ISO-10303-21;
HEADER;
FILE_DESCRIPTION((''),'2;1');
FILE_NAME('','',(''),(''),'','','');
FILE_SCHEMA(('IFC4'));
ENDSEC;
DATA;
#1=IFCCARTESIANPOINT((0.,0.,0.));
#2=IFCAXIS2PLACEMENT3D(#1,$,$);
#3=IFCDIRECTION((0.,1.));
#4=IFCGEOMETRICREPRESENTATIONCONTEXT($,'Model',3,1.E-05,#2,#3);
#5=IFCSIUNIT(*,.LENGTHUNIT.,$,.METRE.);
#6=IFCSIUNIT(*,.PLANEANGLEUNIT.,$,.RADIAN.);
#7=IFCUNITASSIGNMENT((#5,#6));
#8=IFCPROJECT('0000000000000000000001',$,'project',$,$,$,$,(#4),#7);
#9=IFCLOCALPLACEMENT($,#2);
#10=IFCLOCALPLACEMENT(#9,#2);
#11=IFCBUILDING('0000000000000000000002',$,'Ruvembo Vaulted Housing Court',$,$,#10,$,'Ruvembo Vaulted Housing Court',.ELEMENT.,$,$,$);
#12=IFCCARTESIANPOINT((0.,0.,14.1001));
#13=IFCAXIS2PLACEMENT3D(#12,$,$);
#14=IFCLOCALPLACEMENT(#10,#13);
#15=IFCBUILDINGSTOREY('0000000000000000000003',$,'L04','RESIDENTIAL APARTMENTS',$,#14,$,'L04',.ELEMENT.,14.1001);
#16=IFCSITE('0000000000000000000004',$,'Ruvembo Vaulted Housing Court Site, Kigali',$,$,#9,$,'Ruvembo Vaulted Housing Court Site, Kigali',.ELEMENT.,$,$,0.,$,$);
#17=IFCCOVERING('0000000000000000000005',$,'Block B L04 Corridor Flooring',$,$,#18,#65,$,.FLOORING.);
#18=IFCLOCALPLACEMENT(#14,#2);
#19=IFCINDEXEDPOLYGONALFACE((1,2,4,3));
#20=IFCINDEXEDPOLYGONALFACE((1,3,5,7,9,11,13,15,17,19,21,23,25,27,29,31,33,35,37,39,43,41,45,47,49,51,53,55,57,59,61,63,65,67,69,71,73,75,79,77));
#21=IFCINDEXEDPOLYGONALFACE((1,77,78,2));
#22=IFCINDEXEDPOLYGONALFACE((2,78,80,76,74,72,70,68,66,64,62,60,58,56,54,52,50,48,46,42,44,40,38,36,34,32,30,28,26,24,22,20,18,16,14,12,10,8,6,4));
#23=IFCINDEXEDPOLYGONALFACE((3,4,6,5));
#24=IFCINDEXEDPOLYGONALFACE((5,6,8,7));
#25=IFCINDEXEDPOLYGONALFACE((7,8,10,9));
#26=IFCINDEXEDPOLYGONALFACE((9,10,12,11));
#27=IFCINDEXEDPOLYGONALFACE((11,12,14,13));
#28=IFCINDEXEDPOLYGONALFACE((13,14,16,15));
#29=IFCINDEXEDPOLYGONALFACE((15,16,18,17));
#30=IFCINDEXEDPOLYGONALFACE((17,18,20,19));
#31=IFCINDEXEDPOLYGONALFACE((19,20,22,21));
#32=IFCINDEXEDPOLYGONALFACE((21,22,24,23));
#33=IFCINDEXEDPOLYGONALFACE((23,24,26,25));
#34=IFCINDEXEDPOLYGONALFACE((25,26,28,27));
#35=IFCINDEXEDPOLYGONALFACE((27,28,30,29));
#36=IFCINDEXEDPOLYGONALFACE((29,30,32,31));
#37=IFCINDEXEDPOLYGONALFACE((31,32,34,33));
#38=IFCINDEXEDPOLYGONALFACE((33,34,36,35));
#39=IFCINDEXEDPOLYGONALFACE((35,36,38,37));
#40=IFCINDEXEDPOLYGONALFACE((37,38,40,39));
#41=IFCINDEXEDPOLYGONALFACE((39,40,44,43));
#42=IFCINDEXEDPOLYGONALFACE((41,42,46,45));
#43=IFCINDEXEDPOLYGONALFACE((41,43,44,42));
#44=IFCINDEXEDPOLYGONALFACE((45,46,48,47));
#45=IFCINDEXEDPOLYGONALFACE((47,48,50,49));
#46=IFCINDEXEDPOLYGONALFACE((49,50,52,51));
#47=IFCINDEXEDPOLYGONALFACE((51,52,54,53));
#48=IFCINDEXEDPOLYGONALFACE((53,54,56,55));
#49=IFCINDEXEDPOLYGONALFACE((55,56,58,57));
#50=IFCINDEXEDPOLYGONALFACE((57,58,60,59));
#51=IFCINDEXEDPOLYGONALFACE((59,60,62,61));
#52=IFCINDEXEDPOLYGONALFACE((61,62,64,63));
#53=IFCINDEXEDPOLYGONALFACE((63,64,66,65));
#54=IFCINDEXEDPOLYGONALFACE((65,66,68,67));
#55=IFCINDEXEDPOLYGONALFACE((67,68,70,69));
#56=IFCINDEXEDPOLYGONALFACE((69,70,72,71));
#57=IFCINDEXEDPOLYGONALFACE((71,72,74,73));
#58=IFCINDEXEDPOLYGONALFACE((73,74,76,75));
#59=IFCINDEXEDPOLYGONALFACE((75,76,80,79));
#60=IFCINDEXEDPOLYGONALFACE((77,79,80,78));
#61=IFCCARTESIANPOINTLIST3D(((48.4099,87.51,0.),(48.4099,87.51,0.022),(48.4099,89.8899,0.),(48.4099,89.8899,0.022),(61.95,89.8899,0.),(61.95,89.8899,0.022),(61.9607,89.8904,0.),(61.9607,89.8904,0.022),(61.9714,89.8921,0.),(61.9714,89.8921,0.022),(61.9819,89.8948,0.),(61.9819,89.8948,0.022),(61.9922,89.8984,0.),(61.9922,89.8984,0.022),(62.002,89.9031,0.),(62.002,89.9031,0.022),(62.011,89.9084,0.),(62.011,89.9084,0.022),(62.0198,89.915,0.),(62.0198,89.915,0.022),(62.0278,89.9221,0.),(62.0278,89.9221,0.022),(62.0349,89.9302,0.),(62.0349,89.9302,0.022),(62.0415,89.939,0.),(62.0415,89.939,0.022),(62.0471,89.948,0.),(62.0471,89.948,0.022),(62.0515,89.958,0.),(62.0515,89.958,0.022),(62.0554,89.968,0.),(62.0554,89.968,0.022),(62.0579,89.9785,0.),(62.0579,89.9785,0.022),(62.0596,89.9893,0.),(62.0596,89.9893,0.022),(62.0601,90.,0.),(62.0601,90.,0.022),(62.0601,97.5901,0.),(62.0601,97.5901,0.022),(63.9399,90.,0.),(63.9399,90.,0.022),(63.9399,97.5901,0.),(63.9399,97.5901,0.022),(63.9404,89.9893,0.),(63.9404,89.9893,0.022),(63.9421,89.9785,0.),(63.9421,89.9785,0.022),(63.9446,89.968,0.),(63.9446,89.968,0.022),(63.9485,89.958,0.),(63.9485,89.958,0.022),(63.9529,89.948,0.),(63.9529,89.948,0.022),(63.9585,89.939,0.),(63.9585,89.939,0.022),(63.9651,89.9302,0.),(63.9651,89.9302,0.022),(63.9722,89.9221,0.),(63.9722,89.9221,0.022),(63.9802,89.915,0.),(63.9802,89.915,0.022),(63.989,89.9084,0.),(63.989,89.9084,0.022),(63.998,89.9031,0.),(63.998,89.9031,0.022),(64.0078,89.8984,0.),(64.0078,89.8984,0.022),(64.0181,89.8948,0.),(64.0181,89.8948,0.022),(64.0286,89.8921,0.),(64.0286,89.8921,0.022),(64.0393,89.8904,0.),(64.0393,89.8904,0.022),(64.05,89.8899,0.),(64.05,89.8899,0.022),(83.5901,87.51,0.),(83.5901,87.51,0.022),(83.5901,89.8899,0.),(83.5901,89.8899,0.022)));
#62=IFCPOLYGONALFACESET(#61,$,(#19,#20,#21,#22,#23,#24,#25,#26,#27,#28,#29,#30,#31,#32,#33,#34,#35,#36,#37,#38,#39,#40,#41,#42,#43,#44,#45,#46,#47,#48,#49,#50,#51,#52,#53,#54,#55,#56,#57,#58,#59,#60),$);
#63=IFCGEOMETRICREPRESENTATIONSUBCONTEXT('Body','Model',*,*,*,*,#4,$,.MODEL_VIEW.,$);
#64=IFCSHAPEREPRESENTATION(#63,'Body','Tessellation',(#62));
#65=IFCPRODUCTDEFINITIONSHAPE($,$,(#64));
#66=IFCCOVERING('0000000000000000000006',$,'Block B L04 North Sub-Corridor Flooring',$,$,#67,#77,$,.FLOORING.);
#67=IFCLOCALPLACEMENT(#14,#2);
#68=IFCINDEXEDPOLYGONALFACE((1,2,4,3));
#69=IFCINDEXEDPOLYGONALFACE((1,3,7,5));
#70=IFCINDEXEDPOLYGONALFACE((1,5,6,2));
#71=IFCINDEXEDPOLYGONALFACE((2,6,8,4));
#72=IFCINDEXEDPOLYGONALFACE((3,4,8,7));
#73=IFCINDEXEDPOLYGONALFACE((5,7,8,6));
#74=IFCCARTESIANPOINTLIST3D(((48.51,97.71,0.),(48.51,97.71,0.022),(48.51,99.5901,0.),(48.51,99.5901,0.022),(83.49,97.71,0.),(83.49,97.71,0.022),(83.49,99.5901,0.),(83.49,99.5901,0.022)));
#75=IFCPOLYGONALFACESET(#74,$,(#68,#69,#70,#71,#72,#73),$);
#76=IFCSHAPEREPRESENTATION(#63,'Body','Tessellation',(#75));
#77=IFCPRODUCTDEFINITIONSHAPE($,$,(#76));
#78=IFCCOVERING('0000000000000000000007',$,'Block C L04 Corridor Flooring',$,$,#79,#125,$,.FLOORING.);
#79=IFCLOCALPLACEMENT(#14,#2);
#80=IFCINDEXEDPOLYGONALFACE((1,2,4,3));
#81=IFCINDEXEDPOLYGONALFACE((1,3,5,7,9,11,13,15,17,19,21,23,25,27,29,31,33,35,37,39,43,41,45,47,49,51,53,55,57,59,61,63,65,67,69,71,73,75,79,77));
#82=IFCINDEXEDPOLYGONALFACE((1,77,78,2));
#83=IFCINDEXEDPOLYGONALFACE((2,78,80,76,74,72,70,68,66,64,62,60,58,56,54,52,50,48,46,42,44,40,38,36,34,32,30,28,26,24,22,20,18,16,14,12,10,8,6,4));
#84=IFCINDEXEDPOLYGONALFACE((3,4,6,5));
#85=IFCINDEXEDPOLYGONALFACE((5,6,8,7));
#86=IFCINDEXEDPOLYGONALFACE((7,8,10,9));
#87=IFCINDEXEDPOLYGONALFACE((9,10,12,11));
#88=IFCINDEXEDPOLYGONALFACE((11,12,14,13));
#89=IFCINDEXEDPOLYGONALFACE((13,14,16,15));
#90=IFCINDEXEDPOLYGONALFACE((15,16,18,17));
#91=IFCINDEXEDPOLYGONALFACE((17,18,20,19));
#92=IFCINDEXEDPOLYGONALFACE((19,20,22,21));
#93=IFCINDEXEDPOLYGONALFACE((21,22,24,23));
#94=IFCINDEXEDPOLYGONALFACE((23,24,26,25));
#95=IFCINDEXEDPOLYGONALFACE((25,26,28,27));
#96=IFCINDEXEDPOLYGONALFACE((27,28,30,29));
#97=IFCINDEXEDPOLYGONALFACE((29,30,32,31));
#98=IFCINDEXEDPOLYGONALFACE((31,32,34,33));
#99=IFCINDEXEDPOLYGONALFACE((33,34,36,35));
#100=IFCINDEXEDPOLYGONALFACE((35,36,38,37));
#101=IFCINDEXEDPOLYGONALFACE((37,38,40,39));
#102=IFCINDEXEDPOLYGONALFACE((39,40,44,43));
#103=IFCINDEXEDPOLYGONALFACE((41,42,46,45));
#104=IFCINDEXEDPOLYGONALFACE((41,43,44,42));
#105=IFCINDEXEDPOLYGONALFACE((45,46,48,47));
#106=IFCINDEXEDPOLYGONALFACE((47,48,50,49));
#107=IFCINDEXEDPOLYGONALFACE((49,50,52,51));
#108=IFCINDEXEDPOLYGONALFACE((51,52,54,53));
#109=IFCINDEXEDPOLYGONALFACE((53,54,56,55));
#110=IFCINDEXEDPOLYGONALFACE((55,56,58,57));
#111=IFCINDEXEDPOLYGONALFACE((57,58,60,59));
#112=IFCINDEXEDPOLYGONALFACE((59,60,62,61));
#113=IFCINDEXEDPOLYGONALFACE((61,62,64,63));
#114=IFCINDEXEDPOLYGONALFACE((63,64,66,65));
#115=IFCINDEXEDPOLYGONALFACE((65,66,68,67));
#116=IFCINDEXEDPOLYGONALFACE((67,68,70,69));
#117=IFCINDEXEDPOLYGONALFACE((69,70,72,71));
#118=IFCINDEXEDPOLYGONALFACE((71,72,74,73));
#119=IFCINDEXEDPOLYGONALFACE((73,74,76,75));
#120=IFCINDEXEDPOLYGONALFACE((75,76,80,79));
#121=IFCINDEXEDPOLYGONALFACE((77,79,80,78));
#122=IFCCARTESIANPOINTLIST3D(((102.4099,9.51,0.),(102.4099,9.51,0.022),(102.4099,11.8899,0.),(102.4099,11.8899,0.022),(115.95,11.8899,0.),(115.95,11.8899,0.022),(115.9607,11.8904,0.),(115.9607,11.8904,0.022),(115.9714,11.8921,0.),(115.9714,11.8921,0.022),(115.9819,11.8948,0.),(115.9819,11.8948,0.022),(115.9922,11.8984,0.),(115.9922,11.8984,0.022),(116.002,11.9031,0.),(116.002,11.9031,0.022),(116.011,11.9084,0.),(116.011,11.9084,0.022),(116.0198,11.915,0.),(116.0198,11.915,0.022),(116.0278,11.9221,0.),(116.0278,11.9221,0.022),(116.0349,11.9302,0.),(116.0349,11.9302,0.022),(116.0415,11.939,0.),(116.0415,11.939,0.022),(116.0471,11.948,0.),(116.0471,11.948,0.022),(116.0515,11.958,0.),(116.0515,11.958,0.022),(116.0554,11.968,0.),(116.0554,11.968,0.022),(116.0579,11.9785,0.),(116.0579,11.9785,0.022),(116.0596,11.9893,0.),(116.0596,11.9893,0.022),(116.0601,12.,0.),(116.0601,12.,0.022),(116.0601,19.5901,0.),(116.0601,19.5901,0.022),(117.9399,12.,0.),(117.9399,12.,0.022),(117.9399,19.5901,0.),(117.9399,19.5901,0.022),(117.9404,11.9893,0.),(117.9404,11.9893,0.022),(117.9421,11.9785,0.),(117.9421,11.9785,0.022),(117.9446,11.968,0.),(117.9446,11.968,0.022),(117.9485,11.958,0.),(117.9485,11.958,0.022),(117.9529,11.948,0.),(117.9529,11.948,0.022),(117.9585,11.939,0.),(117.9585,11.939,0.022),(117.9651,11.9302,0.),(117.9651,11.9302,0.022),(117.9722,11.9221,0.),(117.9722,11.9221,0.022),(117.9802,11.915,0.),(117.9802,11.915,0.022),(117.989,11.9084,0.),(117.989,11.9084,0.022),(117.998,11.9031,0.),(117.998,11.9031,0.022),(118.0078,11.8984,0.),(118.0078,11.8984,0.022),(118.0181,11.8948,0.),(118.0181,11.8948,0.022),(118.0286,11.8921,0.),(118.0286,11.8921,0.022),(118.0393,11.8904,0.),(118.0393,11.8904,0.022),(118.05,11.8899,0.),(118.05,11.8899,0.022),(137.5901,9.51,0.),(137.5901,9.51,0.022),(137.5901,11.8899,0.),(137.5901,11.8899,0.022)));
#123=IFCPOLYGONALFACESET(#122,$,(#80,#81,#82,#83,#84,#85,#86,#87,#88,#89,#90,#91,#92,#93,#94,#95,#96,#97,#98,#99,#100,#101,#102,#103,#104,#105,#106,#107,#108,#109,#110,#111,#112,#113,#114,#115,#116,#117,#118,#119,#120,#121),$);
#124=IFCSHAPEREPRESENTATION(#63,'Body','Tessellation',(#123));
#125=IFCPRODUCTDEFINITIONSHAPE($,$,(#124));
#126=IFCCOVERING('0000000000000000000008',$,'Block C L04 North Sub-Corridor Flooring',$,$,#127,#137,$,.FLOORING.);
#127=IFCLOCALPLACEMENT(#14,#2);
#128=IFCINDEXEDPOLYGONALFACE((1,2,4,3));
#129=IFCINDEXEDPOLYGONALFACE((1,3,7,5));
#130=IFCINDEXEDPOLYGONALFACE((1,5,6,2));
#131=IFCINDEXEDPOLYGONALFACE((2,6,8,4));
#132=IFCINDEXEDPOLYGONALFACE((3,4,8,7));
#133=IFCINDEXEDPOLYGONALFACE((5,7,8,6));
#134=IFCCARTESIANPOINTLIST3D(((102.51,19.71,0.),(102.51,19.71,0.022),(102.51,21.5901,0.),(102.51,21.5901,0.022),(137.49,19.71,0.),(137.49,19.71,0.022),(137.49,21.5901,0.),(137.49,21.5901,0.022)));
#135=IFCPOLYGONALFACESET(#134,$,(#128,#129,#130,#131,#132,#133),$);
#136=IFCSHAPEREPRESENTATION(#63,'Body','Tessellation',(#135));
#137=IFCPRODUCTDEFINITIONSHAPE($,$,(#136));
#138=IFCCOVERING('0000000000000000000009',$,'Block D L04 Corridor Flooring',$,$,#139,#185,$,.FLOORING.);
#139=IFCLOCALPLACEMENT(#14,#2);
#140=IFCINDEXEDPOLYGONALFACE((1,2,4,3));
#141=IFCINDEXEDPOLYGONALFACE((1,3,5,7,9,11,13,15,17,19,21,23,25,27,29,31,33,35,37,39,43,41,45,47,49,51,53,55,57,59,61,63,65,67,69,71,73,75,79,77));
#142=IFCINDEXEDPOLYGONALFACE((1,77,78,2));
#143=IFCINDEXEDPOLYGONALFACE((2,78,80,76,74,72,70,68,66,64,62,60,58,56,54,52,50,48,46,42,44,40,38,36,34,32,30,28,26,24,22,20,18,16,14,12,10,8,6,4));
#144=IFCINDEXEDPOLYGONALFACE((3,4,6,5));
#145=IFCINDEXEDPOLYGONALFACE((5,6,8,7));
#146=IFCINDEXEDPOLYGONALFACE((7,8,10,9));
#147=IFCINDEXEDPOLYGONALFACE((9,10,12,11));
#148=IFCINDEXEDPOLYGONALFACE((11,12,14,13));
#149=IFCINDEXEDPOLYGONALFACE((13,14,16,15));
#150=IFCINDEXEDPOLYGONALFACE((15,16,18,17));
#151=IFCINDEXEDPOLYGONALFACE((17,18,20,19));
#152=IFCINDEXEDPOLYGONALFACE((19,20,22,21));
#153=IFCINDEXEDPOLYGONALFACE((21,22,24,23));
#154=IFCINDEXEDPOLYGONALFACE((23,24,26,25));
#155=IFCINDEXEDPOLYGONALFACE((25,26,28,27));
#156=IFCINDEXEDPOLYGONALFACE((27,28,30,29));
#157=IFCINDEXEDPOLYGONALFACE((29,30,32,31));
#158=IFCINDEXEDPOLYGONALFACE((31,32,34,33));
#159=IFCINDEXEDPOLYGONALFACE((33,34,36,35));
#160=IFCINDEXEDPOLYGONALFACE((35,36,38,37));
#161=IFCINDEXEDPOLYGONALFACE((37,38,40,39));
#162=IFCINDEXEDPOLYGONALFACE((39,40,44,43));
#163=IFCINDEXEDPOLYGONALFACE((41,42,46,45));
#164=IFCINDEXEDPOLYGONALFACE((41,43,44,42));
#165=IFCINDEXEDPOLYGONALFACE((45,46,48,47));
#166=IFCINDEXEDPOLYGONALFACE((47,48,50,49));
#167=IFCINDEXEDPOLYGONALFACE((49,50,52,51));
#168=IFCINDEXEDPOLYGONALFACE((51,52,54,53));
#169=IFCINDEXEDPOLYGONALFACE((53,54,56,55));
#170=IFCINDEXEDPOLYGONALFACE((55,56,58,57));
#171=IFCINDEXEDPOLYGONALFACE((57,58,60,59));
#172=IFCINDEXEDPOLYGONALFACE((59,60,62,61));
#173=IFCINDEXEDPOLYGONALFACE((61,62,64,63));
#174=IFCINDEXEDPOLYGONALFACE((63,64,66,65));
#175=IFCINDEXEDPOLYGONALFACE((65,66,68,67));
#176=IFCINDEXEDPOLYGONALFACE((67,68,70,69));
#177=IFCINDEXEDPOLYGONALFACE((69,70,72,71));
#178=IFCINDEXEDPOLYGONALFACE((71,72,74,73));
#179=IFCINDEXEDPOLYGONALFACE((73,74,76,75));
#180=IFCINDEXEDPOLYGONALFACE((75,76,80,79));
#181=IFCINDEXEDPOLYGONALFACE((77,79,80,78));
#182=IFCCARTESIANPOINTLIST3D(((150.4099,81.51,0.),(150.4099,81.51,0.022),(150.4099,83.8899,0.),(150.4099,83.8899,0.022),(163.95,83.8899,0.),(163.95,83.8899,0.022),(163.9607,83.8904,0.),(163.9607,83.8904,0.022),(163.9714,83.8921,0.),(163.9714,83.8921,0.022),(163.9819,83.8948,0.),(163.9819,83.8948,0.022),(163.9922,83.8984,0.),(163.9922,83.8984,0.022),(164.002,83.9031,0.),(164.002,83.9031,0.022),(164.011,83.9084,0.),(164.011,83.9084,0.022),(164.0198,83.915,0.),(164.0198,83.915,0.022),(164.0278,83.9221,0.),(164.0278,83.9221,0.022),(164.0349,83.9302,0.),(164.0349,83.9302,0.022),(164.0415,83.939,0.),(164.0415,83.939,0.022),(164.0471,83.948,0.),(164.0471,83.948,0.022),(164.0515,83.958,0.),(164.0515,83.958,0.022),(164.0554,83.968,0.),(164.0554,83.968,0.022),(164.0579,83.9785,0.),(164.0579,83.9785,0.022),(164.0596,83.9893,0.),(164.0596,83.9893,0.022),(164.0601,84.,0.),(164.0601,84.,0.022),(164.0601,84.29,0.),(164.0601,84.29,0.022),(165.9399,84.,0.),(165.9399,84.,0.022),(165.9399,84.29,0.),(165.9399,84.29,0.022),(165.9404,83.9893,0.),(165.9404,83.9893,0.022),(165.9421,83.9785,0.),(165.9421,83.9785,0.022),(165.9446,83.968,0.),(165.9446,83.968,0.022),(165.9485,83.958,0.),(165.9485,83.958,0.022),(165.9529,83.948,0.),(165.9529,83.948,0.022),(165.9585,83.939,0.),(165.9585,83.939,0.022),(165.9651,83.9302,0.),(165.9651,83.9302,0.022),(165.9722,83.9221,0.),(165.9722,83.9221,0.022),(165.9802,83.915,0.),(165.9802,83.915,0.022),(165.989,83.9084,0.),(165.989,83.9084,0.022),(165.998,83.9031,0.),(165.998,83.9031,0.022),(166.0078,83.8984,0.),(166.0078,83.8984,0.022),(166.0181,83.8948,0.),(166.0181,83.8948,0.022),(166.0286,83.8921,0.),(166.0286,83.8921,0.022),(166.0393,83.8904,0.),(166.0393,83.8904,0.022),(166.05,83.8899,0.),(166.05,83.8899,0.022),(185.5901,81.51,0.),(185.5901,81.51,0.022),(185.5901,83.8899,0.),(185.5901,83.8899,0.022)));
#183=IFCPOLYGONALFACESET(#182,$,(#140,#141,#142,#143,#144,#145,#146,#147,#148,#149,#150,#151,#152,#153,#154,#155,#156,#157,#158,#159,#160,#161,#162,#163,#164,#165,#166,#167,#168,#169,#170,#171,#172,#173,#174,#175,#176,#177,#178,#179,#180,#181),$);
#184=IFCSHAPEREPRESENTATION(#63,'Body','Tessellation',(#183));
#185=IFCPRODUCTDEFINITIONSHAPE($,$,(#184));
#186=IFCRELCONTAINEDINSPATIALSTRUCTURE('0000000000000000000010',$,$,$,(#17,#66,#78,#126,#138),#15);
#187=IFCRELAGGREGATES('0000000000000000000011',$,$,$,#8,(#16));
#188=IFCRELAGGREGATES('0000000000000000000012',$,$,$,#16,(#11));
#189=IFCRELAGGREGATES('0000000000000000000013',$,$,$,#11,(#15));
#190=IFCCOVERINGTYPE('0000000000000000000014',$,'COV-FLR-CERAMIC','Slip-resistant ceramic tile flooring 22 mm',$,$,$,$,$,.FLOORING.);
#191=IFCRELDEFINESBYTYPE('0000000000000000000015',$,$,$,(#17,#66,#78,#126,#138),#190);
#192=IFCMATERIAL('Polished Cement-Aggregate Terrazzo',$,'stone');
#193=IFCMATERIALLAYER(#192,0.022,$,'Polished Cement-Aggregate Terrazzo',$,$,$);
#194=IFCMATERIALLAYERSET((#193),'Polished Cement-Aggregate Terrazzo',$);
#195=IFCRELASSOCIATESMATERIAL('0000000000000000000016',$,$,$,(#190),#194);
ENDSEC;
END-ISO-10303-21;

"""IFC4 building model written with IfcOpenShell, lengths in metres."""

from ifc_helpers import new_model, si_unit, direction, frame, origin, place, context, subcontext, project, spatial, polyline, outline, extrude, material, layer, layer_set, type_object, element, save


model = new_model("IFC4")

# Units and contexts
model_context = context("Model", 3, precision=1e-05, world=origin(), true_north=direction((0.0, 1.0)))
body_context = subcontext(model_context, "Body", "Model", "MODEL_VIEW")
ifc_project = project(units=[si_unit("LENGTHUNIT", "METRE"), si_unit("PLANEANGLEUNIT", "RADIAN")], contexts=[model_context])

# Site, building, storey
site_placement = place(None, origin())
site = spatial("IfcSite", under=ifc_project, at=site_placement, Name="Ruvembo Vaulted Housing Court Site, Kigali", LongName="Ruvembo Vaulted Housing Court Site, Kigali", CompositionType="ELEMENT", RefElevation=0.0)
building_placement = place(site_placement, origin())
building = spatial("IfcBuilding", under=site, at=building_placement, Name="Ruvembo Vaulted Housing Court", LongName="Ruvembo Vaulted Housing Court", CompositionType="ELEMENT")
storey_placement = place(building_placement, frame((0.0, 0.0, 14.1001)))
storey = spatial("IfcBuildingStorey", under=building, at=storey_placement, Name="L04", Description="RESIDENTIAL APARTMENTS", LongName="L04", CompositionType="ELEMENT", Elevation=14.1001)

# Coverings
ifc_material_1 = material(Name="Polished Cement-Aggregate Terrazzo", Category="stone")
ifc_layer_1 = layer(ifc_material_1, 0.022, Name="Polished Cement-Aggregate Terrazzo")
ifc_layer_set_1 = layer_set([ifc_layer_1], Name="Polished Cement-Aggregate Terrazzo")
covering_type_1 = type_object("IfcCoveringType", Name="COV-FLR-CERAMIC", Description="Slip-resistant ceramic tile flooring 22 mm", PredefinedType="FLOORING", material=ifc_layer_set_1)
covering_1_placement = place(storey_placement, origin())
element("IfcCovering", 1, at=covering_1_placement, inside=storey, type_object=covering_type_1, Name="Block B L04 Corridor Flooring", PredefinedType="FLOORING", context=body_context, shape_type="SweptSolid", body=[
    extrude(outline(polyline([(83.5901, 87.51), (83.5901, 89.8899), (64.05, 89.8899), (64.0393, 89.8904), (64.0286, 89.8921), (64.0181, 89.8948), (64.0078, 89.8984), (63.998, 89.9031), (63.989, 89.9084), (63.9802, 89.915), (63.9722, 89.9221), (63.9651, 89.9302), (63.9585, 89.939), (63.9529, 89.948), (63.9485, 89.958), (63.9446, 89.968), (63.9421, 89.9785), (63.9404, 89.9893), (63.9399, 90.0), (63.9399, 97.5901), (62.0601, 97.5901), (62.0601, 90.0), (62.0596, 89.9893), (62.0579, 89.9785), (62.0554, 89.968), (62.0515, 89.958), (62.0471, 89.948), (62.0415, 89.939), (62.0349, 89.9302), (62.0278, 89.9221), (62.0198, 89.915), (62.011, 89.9084), (62.002, 89.9031), (61.9922, 89.8984), (61.9819, 89.8948), (61.9714, 89.8921), (61.9607, 89.8904), (61.95, 89.8899), (48.4099, 89.8899), (48.4099, 87.51), (83.5901, 87.51)])), origin(), (0.0, 0.0, 1.0), 0.022),
])
covering_2_placement = place(storey_placement, origin())
element("IfcCovering", 2, at=covering_2_placement, inside=storey, type_object=covering_type_1, Name="Block B L04 North Sub-Corridor Flooring", PredefinedType="FLOORING", context=body_context, shape_type="SweptSolid", body=[
    extrude(outline(polyline([(48.51, 97.71), (83.49, 97.71), (83.49, 99.5901), (48.51, 99.5901), (48.51, 97.71)])), origin(), (0.0, 0.0, 1.0), 0.022),
])
covering_3_placement = place(storey_placement, origin())
element("IfcCovering", 3, at=covering_3_placement, inside=storey, type_object=covering_type_1, Name="Block C L04 Corridor Flooring", PredefinedType="FLOORING", context=body_context, shape_type="SweptSolid", body=[
    extrude(outline(polyline([(137.5901, 9.51), (137.5901, 11.8899), (118.05, 11.8899), (118.0393, 11.8904), (118.0286, 11.8921), (118.0181, 11.8948), (118.0078, 11.8984), (117.998, 11.9031), (117.989, 11.9084), (117.9802, 11.915), (117.9722, 11.9221), (117.9651, 11.9302), (117.9585, 11.939), (117.9529, 11.948), (117.9485, 11.958), (117.9446, 11.968), (117.9421, 11.9785), (117.9404, 11.9893), (117.9399, 12.0), (117.9399, 19.5901), (116.0601, 19.5901), (116.0601, 12.0), (116.0596, 11.9893), (116.0579, 11.9785), (116.0554, 11.968), (116.0515, 11.958), (116.0471, 11.948), (116.0415, 11.939), (116.0349, 11.9302), (116.0278, 11.9221), (116.0198, 11.915), (116.011, 11.9084), (116.002, 11.9031), (115.9922, 11.8984), (115.9819, 11.8948), (115.9714, 11.8921), (115.9607, 11.8904), (115.95, 11.8899), (102.4099, 11.8899), (102.4099, 9.51), (137.5901, 9.51)])), origin(), (0.0, 0.0, 1.0), 0.022),
])
covering_4_placement = place(storey_placement, origin())
element("IfcCovering", 4, at=covering_4_placement, inside=storey, type_object=covering_type_1, Name="Block C L04 North Sub-Corridor Flooring", PredefinedType="FLOORING", context=body_context, shape_type="SweptSolid", body=[
    extrude(outline(polyline([(102.51, 19.71), (137.49, 19.71), (137.49, 21.5901), (102.51, 21.5901), (102.51, 19.71)])), origin(), (0.0, 0.0, 1.0), 0.022),
])
covering_5_placement = place(storey_placement, origin())
element("IfcCovering", 5, at=covering_5_placement, inside=storey, type_object=covering_type_1, Name="Block D L04 Corridor Flooring", PredefinedType="FLOORING", context=body_context, shape_type="SweptSolid", body=[
    extrude(outline(polyline([(185.5901, 81.51), (185.5901, 83.8899), (166.05, 83.8899), (166.0393, 83.8904), (166.0286, 83.8921), (166.0181, 83.8948), (166.0078, 83.8984), (165.998, 83.9031), (165.989, 83.9084), (165.9802, 83.915), (165.9722, 83.9221), (165.9651, 83.9302), (165.9585, 83.939), (165.9529, 83.948), (165.9485, 83.958), (165.9446, 83.968), (165.9421, 83.9785), (165.9404, 83.9893), (165.9399, 84.0), (165.9399, 84.29), (164.0601, 84.29), (164.0601, 84.0), (164.0596, 83.9893), (164.0579, 83.9785), (164.0554, 83.968), (164.0515, 83.958), (164.0471, 83.948), (164.0415, 83.939), (164.0349, 83.9302), (164.0278, 83.9221), (164.0198, 83.915), (164.011, 83.9084), (164.002, 83.9031), (163.9922, 83.8984), (163.9819, 83.8948), (163.9714, 83.8921), (163.9607, 83.8904), (163.95, 83.8899), (150.4099, 83.8899), (150.4099, 81.51), (185.5901, 81.51)])), origin(), (0.0, 0.0, 1.0), 0.022),
])

save(model, "model.ifc")
